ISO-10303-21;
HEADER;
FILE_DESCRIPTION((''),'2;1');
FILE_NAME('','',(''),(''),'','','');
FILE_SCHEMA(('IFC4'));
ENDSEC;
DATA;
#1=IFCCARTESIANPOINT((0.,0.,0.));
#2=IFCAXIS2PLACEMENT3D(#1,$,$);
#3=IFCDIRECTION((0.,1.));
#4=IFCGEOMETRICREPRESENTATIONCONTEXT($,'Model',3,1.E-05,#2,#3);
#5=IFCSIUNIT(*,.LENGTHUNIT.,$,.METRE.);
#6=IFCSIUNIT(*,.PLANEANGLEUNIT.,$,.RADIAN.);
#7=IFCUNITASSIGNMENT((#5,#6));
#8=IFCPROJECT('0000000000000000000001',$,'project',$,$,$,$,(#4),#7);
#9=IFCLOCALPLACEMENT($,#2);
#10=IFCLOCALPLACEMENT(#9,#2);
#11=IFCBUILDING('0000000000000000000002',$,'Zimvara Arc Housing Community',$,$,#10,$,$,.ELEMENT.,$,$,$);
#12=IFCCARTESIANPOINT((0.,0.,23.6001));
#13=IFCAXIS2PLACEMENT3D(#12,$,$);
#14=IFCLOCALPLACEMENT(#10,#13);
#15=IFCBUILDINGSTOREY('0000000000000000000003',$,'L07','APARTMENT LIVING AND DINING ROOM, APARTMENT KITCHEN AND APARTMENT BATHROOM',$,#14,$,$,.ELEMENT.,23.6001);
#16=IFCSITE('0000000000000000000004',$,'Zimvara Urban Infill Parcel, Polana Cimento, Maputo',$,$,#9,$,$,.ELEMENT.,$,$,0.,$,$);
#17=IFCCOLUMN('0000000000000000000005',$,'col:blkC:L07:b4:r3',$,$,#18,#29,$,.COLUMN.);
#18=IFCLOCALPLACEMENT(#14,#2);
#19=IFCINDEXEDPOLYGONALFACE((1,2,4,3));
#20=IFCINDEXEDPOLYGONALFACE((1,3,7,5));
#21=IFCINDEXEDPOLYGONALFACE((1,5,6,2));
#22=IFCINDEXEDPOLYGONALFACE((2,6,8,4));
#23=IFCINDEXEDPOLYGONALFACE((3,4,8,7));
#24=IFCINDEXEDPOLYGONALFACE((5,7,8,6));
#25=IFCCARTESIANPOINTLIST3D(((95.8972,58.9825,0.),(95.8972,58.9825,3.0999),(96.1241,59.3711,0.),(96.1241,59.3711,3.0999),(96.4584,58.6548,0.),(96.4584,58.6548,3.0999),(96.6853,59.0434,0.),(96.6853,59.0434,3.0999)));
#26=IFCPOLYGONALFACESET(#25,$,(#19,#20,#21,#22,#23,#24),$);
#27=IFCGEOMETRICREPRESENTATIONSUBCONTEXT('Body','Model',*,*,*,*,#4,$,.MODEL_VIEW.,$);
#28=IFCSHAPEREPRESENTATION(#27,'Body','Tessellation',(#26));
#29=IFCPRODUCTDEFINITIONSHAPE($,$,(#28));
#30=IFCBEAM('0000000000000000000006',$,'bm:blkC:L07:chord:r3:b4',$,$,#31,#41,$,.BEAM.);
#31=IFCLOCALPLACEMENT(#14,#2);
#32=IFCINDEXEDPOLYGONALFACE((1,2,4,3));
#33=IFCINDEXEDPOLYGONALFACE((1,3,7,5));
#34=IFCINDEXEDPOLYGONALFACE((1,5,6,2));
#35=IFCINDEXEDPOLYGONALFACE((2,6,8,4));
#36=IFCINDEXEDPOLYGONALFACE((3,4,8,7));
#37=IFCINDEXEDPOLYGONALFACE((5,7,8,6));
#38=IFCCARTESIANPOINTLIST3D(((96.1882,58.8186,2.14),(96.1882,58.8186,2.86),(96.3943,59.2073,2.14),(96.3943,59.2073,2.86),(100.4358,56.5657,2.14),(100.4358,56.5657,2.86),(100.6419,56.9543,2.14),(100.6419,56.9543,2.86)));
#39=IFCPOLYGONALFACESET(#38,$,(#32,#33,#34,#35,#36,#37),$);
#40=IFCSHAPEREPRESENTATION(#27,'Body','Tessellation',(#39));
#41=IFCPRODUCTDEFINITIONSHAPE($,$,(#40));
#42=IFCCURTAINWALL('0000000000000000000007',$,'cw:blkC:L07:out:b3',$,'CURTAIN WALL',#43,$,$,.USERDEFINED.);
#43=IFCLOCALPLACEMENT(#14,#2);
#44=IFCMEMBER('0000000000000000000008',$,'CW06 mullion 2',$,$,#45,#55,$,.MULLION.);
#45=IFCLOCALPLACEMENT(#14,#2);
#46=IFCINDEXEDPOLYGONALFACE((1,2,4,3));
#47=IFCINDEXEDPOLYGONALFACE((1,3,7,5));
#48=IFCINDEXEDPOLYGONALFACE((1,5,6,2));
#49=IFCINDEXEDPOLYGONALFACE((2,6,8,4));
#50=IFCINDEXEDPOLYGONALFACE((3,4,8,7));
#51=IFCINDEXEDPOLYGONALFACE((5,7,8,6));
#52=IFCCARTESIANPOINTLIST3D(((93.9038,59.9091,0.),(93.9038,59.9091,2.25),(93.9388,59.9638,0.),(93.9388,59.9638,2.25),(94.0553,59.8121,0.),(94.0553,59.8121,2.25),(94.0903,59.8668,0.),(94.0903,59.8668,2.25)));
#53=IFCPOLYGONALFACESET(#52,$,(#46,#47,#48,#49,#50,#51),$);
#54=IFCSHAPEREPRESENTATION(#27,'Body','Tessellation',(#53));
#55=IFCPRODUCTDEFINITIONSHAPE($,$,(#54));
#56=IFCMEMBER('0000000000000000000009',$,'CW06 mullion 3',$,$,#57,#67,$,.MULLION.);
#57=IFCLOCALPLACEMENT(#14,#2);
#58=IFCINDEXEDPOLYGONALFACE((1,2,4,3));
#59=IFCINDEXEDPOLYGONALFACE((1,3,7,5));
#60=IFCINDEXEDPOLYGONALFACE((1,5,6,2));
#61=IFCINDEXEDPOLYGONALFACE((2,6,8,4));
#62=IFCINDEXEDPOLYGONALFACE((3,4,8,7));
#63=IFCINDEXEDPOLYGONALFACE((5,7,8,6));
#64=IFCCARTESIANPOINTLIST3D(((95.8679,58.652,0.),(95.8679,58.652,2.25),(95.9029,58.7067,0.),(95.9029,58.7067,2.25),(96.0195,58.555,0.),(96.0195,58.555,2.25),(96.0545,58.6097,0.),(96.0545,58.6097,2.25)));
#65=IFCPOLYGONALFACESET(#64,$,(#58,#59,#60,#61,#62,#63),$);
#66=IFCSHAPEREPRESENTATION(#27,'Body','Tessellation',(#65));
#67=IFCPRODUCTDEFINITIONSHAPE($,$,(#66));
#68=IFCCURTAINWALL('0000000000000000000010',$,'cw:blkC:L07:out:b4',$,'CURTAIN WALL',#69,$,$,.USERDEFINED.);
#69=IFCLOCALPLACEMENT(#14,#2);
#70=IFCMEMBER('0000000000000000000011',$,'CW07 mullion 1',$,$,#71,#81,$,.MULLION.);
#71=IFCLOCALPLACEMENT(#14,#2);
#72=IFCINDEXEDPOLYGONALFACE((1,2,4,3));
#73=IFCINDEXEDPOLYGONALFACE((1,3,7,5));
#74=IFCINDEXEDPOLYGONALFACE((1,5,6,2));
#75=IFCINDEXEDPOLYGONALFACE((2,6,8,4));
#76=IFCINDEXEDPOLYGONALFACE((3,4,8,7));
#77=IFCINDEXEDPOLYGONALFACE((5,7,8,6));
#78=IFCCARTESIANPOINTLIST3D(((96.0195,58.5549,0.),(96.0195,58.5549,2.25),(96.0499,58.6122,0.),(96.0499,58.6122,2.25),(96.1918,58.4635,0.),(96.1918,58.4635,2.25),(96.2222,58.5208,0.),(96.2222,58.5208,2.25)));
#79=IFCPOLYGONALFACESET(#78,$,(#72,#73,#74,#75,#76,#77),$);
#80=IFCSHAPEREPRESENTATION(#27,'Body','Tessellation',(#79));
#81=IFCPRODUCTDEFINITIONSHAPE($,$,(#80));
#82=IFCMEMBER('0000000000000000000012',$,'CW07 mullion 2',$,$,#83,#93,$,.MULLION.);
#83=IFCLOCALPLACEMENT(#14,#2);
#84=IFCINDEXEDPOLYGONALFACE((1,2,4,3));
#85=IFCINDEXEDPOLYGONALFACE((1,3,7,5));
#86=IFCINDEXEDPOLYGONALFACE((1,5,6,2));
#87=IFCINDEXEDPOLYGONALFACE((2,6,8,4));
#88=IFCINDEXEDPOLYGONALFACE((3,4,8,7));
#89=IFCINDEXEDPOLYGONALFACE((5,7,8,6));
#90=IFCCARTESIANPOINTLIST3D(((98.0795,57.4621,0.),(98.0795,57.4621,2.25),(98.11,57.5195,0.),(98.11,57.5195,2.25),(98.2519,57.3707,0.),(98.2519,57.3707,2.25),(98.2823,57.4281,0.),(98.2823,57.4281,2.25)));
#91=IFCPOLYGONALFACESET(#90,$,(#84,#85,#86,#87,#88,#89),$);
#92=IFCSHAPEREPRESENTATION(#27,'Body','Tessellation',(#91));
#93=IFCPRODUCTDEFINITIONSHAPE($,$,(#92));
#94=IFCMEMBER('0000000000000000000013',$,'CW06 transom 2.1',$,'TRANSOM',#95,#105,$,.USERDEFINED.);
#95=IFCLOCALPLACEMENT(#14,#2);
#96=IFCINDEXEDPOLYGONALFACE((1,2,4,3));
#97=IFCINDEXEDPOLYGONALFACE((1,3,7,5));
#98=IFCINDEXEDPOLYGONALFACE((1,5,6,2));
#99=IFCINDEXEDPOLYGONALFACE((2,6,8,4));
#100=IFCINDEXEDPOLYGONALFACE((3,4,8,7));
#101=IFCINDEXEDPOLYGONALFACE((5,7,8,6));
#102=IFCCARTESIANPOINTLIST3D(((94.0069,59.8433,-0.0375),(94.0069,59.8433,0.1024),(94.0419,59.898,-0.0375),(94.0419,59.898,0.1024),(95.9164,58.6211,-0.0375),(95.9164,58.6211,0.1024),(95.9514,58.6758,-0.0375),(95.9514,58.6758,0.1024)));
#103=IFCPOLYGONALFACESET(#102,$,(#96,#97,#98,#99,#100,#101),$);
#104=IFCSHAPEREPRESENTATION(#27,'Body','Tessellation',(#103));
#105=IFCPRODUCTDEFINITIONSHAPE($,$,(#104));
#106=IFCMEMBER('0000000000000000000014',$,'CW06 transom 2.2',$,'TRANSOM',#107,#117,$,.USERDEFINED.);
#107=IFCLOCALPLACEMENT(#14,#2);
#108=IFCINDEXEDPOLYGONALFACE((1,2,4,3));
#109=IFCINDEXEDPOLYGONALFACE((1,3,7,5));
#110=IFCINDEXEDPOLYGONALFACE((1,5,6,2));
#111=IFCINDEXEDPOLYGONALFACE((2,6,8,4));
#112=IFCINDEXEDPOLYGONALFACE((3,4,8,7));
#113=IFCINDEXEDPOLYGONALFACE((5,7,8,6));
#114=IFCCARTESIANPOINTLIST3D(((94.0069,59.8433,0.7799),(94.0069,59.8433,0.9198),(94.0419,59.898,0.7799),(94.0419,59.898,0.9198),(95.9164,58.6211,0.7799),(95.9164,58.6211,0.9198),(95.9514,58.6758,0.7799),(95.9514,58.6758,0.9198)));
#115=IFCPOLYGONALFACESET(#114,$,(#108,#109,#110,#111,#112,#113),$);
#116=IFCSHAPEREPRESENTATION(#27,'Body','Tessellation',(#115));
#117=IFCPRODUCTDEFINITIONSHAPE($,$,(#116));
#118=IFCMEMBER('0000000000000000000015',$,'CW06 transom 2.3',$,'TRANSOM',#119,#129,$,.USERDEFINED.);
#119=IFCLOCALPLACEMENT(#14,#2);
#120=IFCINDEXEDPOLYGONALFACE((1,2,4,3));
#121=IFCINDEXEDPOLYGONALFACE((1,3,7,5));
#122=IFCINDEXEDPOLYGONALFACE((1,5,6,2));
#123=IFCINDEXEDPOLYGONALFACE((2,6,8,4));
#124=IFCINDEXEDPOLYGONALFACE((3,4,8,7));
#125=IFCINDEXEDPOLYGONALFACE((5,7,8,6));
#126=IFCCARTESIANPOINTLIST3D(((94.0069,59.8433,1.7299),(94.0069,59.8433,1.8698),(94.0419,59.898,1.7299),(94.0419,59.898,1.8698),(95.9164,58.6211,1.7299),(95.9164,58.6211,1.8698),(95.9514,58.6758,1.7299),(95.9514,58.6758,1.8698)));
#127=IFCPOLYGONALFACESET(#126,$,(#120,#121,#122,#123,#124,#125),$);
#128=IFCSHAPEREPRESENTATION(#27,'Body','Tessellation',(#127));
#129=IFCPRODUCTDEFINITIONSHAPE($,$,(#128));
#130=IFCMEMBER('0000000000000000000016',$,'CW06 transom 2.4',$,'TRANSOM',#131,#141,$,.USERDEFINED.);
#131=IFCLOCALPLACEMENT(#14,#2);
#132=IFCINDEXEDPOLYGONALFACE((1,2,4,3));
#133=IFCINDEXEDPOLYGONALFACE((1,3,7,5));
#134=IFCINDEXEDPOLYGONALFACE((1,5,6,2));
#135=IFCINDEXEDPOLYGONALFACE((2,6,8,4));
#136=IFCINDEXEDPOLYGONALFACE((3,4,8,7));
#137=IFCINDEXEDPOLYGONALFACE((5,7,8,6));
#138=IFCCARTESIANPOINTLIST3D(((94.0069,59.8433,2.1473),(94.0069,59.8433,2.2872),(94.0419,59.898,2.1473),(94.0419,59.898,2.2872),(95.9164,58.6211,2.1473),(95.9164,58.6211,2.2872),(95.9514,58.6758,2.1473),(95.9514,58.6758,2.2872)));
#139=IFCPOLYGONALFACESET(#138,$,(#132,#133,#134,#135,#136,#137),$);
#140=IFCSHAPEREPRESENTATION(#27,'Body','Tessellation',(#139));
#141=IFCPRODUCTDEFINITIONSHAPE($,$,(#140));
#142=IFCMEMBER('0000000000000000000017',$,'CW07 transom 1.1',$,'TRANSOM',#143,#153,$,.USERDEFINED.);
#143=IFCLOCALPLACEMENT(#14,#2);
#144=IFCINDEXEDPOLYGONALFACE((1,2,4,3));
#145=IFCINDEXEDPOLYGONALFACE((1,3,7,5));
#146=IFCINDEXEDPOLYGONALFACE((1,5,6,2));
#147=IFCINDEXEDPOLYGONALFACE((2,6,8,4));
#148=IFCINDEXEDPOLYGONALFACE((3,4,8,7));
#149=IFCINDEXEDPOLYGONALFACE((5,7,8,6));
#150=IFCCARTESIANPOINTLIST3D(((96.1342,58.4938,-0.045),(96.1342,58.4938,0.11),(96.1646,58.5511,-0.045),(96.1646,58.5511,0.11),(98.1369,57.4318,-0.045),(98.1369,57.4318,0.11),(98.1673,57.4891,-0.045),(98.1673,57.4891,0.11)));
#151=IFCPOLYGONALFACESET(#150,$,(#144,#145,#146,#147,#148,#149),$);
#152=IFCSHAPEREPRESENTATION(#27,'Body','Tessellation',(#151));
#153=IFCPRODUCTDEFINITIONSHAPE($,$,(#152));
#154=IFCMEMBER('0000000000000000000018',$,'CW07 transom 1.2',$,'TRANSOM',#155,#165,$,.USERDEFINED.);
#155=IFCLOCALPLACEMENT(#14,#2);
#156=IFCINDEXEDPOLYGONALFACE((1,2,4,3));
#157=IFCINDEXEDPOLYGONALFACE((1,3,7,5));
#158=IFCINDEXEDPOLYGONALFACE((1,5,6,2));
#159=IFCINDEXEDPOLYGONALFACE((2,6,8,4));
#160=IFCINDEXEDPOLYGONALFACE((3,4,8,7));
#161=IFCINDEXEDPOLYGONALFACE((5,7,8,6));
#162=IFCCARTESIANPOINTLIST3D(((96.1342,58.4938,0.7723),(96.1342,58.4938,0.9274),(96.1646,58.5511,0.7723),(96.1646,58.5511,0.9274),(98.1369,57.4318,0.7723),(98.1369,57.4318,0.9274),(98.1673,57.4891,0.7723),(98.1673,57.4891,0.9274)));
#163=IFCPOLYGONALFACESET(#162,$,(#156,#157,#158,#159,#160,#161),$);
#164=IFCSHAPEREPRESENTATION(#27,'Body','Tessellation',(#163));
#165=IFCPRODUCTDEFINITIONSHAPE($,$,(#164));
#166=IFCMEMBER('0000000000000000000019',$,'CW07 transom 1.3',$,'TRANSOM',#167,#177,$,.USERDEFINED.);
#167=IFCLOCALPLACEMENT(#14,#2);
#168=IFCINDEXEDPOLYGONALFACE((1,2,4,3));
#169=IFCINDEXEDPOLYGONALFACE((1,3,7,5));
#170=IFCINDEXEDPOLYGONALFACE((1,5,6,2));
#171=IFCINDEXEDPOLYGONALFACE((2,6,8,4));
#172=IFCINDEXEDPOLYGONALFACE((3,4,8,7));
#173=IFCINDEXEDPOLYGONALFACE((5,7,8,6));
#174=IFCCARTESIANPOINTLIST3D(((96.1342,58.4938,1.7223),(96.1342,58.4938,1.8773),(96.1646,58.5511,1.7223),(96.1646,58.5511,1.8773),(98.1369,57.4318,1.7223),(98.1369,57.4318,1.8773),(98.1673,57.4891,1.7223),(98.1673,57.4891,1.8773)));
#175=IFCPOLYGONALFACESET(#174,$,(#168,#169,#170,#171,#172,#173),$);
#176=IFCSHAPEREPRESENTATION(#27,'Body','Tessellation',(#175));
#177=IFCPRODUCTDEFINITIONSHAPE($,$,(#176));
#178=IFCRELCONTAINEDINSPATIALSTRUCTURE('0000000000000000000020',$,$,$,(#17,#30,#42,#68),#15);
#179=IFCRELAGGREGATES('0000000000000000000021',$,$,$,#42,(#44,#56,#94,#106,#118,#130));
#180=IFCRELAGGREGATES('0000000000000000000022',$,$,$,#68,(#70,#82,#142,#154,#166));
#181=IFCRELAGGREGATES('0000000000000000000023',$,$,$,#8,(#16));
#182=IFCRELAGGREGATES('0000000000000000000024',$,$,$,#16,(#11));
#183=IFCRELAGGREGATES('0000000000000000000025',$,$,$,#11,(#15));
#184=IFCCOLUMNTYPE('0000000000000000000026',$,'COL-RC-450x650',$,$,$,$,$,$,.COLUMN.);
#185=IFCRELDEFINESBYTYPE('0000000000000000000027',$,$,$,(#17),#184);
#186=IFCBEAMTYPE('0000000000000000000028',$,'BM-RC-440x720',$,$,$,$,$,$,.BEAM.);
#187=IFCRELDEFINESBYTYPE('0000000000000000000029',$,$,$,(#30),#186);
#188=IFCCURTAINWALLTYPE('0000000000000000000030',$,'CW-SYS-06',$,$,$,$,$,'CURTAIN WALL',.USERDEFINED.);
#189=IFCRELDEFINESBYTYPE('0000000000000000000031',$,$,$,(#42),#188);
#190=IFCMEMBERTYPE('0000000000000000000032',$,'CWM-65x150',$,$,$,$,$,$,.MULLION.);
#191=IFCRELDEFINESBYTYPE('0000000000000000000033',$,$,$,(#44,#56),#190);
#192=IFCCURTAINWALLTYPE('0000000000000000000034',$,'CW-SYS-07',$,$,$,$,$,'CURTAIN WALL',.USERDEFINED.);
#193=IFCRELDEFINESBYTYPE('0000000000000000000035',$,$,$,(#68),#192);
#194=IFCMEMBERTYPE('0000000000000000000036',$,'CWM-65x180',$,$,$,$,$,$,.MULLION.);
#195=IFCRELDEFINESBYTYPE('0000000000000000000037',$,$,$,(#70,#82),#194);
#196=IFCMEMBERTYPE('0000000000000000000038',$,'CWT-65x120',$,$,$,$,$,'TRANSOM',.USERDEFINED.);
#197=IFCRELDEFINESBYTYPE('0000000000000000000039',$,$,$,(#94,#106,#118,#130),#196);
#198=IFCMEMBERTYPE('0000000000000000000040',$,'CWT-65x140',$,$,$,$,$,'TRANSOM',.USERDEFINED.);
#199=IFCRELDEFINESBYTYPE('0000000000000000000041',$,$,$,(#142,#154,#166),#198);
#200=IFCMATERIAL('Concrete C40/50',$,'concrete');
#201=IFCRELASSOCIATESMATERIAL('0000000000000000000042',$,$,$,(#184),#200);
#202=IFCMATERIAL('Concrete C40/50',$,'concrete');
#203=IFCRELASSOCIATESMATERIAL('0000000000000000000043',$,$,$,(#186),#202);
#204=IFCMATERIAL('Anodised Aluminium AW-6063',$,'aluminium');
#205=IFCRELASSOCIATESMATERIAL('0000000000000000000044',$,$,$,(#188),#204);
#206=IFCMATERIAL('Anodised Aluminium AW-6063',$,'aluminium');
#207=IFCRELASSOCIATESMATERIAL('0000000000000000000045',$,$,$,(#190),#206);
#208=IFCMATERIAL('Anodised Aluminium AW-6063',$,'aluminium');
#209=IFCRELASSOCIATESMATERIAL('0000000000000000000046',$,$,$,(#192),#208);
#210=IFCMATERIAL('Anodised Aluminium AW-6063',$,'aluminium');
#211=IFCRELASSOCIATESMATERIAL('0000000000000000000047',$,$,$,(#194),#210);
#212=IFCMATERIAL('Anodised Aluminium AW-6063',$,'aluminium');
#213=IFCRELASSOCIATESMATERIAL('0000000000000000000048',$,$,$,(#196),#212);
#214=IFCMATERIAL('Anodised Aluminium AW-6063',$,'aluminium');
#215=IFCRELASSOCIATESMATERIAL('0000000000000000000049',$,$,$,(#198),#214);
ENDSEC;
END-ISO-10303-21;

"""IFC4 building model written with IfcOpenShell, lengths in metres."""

from ifc_helpers import new_model, si_unit, direction, frame, origin, origin_2d, place, context, subcontext, project, spatial, rectangle, extrude, material, material_profile, profile_set, type_object, element, aggregate, save


model = new_model("IFC4")

# Units and contexts
model_context = context("Model", 3, precision=1e-05, world=origin(), true_north=direction((0.0, 1.0)))
body_context = subcontext(model_context, "Body", "Model", "MODEL_VIEW")
ifc_project = project(units=[si_unit("LENGTHUNIT", "METRE"), si_unit("PLANEANGLEUNIT", "RADIAN")], contexts=[model_context])

# Site, building, storey
site_placement = place(None, origin())
site = spatial("IfcSite", under=ifc_project, at=site_placement, Name="Zimvara Urban Infill Parcel, Polana Cimento, Maputo", CompositionType="ELEMENT", RefElevation=0.0)
building_placement = place(site_placement, origin())
building = spatial("IfcBuilding", under=site, at=building_placement, Name="Zimvara Arc Housing Community", CompositionType="ELEMENT")
storey_placement = place(building_placement, frame((0.0, 0.0, 23.6001)))
storey = spatial("IfcBuildingStorey", under=building, at=storey_placement, Name="L07", Description="APARTMENT LIVING AND DINING ROOM, APARTMENT KITCHEN AND APARTMENT BATHROOM", CompositionType="ELEMENT", Elevation=23.6001)

# Column
ifc_material_1 = material(Name="Concrete C40/50", Category="concrete")
ifc_material_profile_1 = material_profile(ifc_material_1, rectangle(XDim=0.45, YDim=0.6499, at=origin_2d()), Name="RC 450x650")
ifc_profile_set_1 = profile_set([ifc_material_profile_1], Name="Concrete C40/50")
column_type = type_object("IfcColumnType", Name="COL-RC-450x650", PredefinedType="COLUMN", material=ifc_profile_set_1)
column_placement = place(storey_placement, frame((96.2913, 59.0129, 0.0), z_axis=(0.0, 0.0, 1.0), x_axis=(-0.504226, -0.863572, 0.0)))
element("IfcColumn", 1, at=column_placement, inside=storey, type_object=column_type, Name="col:blkC:L07:b4:r3", PredefinedType="COLUMN", context=body_context, shape_type="SweptSolid", body=[
    extrude(rectangle(XDim=0.45, YDim=0.6499, at=origin_2d()), origin(), (0.0, 0.0, 1.0), 3.0999),
])

# Beam
ifc_material_2 = material(Name="Concrete C40/50", Category="concrete")
ifc_material_profile_2 = material_profile(ifc_material_2, rectangle(XDim=0.4399, YDim=0.72, at=origin_2d()), Name="RC 440x720")
ifc_profile_set_2 = profile_set([ifc_material_profile_2], Name="Concrete C40/50")
beam_type = type_object("IfcBeamType", Name="BM-RC-440x720", PredefinedType="BEAM", material=ifc_profile_set_2)
beam_placement = place(storey_placement, frame((96.2913, 59.0129, 2.5), z_axis=(0.883425, -0.468573, 0.0), x_axis=(0.468573, 0.883425, 0.0)))
element("IfcBeam", 2, at=beam_placement, inside=storey, type_object=beam_type, Name="bm:blkC:L07:chord:r3:b4", PredefinedType="BEAM", context=body_context, shape_type="SweptSolid", body=[
    extrude(rectangle(XDim=0.4399, YDim=0.72, at=origin_2d()), origin(), (0.0, 0.0, 1.0), 4.8081),
])

# Curtain walls, members
ifc_material_3 = material(Name="Anodised Aluminium AW-6063", Category="aluminium")
curtain_wall_type_1 = type_object("IfcCurtainWallType", Name="CW-SYS-06", ElementType="CURTAIN WALL", PredefinedType="USERDEFINED", material=ifc_material_3)
curtain_wall_1_placement = place(storey_placement, origin())
curtain_wall_1 = element("IfcCurtainWall", 3, at=curtain_wall_1_placement, inside=storey, type_object=curtain_wall_type_1, Name="cw:blkC:L07:out:b3", ObjectType="CURTAIN WALL", PredefinedType="USERDEFINED")
ifc_material_4 = material(Name="Anodised Aluminium AW-6063", Category="aluminium")
ifc_material_profile_3 = material_profile(ifc_material_4, rectangle(XDim=0.0649, YDim=0.1799, at=origin_2d()), Name="ALU 65x180")
ifc_profile_set_3 = profile_set([ifc_material_profile_3], Name="Anodised Aluminium AW-6063")
member_type_1 = type_object("IfcMemberType", Name="CWM-65x150", PredefinedType="MULLION", material=ifc_profile_set_3)
member_1_placement = place(storey_placement, frame((93.9971, 59.8879, 0.0), z_axis=(0.0, 0.0, 1.0), x_axis=(0.539065, 0.842264, 0.0)))
member_1 = element("IfcMember", 4, at=member_1_placement, type_object=member_type_1, Name="CW06 mullion 2", PredefinedType="MULLION", context=body_context, shape_type="SweptSolid", body=[
    extrude(rectangle(XDim=0.0649, YDim=0.1799, at=origin_2d()), origin(), (0.0, 0.0, 1.0), 2.25),
])
member_2_placement = place(storey_placement, frame((95.9612, 58.6309, 0.0), z_axis=(0.0, 0.0, 1.0), x_axis=(0.539065, 0.842264, 0.0)))
member_2 = element("IfcMember", 5, at=member_2_placement, type_object=member_type_1, Name="CW06 mullion 3", PredefinedType="MULLION", context=body_context, shape_type="SweptSolid", body=[
    extrude(rectangle(XDim=0.0649, YDim=0.1799, at=origin_2d()), origin(), (0.0, 0.0, 1.0), 2.25),
])
ifc_material_5 = material(Name="Anodised Aluminium AW-6063", Category="aluminium")
curtain_wall_type_2 = type_object("IfcCurtainWallType", Name="CW-SYS-07", ElementType="CURTAIN WALL", PredefinedType="USERDEFINED", material=ifc_material_5)
curtain_wall_2_placement = place(storey_placement, origin())
curtain_wall_2 = element("IfcCurtainWall", 6, at=curtain_wall_2_placement, inside=storey, type_object=curtain_wall_type_2, Name="cw:blkC:L07:out:b4", ObjectType="CURTAIN WALL", PredefinedType="USERDEFINED")
ifc_material_6 = material(Name="Anodised Aluminium AW-6063", Category="aluminium")
ifc_material_profile_4 = material_profile(ifc_material_6, rectangle(XDim=0.0649, YDim=0.1951, at=origin_2d()), Name="ALU 65x195")
ifc_profile_set_4 = profile_set([ifc_material_profile_4], Name="Anodised Aluminium AW-6063")
member_type_2 = type_object("IfcMemberType", Name="CWM-65x180", PredefinedType="MULLION", material=ifc_profile_set_4)
member_3_placement = place(storey_placement, frame((96.1208, 58.5378, 0.0), z_axis=(0.0, 0.0, 1.0), x_axis=(0.468547, 0.883439, 0.0)))
member_3 = element("IfcMember", 7, at=member_3_placement, type_object=member_type_2, Name="CW07 mullion 1", PredefinedType="MULLION", context=body_context, shape_type="SweptSolid", body=[
    extrude(rectangle(XDim=0.0649, YDim=0.1951, at=origin_2d()), origin(), (0.0, 0.0, 1.0), 2.25),
])
member_4_placement = place(storey_placement, frame((98.1809, 57.4451, 0.0), z_axis=(0.0, 0.0, 1.0), x_axis=(0.468547, 0.883439, 0.0)))
member_4 = element("IfcMember", 8, at=member_4_placement, type_object=member_type_2, Name="CW07 mullion 2", PredefinedType="MULLION", context=body_context, shape_type="SweptSolid", body=[
    extrude(rectangle(XDim=0.0649, YDim=0.1951, at=origin_2d()), origin(), (0.0, 0.0, 1.0), 2.25),
])

# Members
ifc_material_7 = material(Name="Anodised Aluminium AW-6063", Category="aluminium")
ifc_material_profile_5 = material_profile(ifc_material_7, rectangle(XDim=0.0649, YDim=0.1399, at=origin_2d()), Name="ALU 65x140")
ifc_profile_set_5 = profile_set([ifc_material_profile_5], Name="Anodised Aluminium AW-6063")
member_type_3 = type_object("IfcMemberType", Name="CWT-65x120", ElementType="TRANSOM", PredefinedType="USERDEFINED", material=ifc_profile_set_5)
member_5_placement = place(storey_placement, frame((94.0244, 59.8706, 0.0325), z_axis=(0.842244, -0.539096, 0.0), x_axis=(0.539096, 0.842244, 0.0)))
member_5 = element("IfcMember", 9, at=member_5_placement, type_object=member_type_3, Name="CW06 transom 2.1", ObjectType="TRANSOM", PredefinedType="USERDEFINED", context=body_context, shape_type="SweptSolid", body=[
    extrude(rectangle(XDim=0.0649, YDim=0.1399, at=origin_2d()), origin(), (0.0, 0.0, 1.0), 2.2671),
])
member_6_placement = place(storey_placement, frame((94.0244, 59.8706, 0.8499), z_axis=(0.842244, -0.539096, 0.0), x_axis=(0.539096, 0.842244, 0.0)))
member_6 = element("IfcMember", 10, at=member_6_placement, type_object=member_type_3, Name="CW06 transom 2.2", ObjectType="TRANSOM", PredefinedType="USERDEFINED", context=body_context, shape_type="SweptSolid", body=[
    extrude(rectangle(XDim=0.0649, YDim=0.1399, at=origin_2d()), origin(), (0.0, 0.0, 1.0), 2.2671),
])
member_7_placement = place(storey_placement, frame((94.0244, 59.8706, 1.7998), z_axis=(0.842244, -0.539096, 0.0), x_axis=(0.539096, 0.842244, 0.0)))
member_7 = element("IfcMember", 11, at=member_7_placement, type_object=member_type_3, Name="CW06 transom 2.3", ObjectType="TRANSOM", PredefinedType="USERDEFINED", context=body_context, shape_type="SweptSolid", body=[
    extrude(rectangle(XDim=0.0649, YDim=0.1399, at=origin_2d()), origin(), (0.0, 0.0, 1.0), 2.2671),
])
member_8_placement = place(storey_placement, frame((94.0244, 59.8706, 2.2173), z_axis=(0.842244, -0.539096, 0.0), x_axis=(0.539096, 0.842244, 0.0)))
member_8 = element("IfcMember", 12, at=member_8_placement, type_object=member_type_3, Name="CW06 transom 2.4", ObjectType="TRANSOM", PredefinedType="USERDEFINED", context=body_context, shape_type="SweptSolid", body=[
    extrude(rectangle(XDim=0.0649, YDim=0.1399, at=origin_2d()), origin(), (0.0, 0.0, 1.0), 2.2671),
])
ifc_material_8 = material(Name="Anodised Aluminium AW-6063", Category="aluminium")
ifc_material_profile_6 = material_profile(ifc_material_8, rectangle(XDim=0.0649, YDim=0.155, at=origin_2d()), Name="ALU 65x155")
ifc_profile_set_6 = profile_set([ifc_material_profile_6], Name="Anodised Aluminium AW-6063")
member_type_4 = type_object("IfcMemberType", Name="CWT-65x140", ElementType="TRANSOM", PredefinedType="USERDEFINED", material=ifc_profile_set_6)
member_9_placement = place(storey_placement, frame((96.1494, 58.5225, 0.0325), z_axis=(0.883465, -0.468496, 0.0), x_axis=(0.468496, 0.883465, 0.0)))
member_9 = element("IfcMember", 13, at=member_9_placement, type_object=member_type_4, Name="CW07 transom 1.1", ObjectType="TRANSOM", PredefinedType="USERDEFINED", context=body_context, shape_type="SweptSolid", body=[
    extrude(rectangle(XDim=0.0649, YDim=0.155, at=origin_2d()), origin(), (0.0, 0.0, 1.0), 2.2668),
])
member_10_placement = place(storey_placement, frame((96.1494, 58.5225, 0.8499), z_axis=(0.883465, -0.468496, 0.0), x_axis=(0.468496, 0.883465, 0.0)))
member_10 = element("IfcMember", 14, at=member_10_placement, type_object=member_type_4, Name="CW07 transom 1.2", ObjectType="TRANSOM", PredefinedType="USERDEFINED", context=body_context, shape_type="SweptSolid", body=[
    extrude(rectangle(XDim=0.0649, YDim=0.155, at=origin_2d()), origin(), (0.0, 0.0, 1.0), 2.2668),
])
member_11_placement = place(storey_placement, frame((96.1494, 58.5225, 1.7998), z_axis=(0.883465, -0.468496, 0.0), x_axis=(0.468496, 0.883465, 0.0)))
member_11 = element("IfcMember", 15, at=member_11_placement, type_object=member_type_4, Name="CW07 transom 1.3", ObjectType="TRANSOM", PredefinedType="USERDEFINED", context=body_context, shape_type="SweptSolid", body=[
    extrude(rectangle(XDim=0.0649, YDim=0.155, at=origin_2d()), origin(), (0.0, 0.0, 1.0), 2.2668),
])

aggregate(curtain_wall_1, [member_1, member_2, member_5, member_6, member_7, member_8])
aggregate(curtain_wall_2, [member_3, member_4, member_9, member_10, member_11])

save(model, "model.ifc")
